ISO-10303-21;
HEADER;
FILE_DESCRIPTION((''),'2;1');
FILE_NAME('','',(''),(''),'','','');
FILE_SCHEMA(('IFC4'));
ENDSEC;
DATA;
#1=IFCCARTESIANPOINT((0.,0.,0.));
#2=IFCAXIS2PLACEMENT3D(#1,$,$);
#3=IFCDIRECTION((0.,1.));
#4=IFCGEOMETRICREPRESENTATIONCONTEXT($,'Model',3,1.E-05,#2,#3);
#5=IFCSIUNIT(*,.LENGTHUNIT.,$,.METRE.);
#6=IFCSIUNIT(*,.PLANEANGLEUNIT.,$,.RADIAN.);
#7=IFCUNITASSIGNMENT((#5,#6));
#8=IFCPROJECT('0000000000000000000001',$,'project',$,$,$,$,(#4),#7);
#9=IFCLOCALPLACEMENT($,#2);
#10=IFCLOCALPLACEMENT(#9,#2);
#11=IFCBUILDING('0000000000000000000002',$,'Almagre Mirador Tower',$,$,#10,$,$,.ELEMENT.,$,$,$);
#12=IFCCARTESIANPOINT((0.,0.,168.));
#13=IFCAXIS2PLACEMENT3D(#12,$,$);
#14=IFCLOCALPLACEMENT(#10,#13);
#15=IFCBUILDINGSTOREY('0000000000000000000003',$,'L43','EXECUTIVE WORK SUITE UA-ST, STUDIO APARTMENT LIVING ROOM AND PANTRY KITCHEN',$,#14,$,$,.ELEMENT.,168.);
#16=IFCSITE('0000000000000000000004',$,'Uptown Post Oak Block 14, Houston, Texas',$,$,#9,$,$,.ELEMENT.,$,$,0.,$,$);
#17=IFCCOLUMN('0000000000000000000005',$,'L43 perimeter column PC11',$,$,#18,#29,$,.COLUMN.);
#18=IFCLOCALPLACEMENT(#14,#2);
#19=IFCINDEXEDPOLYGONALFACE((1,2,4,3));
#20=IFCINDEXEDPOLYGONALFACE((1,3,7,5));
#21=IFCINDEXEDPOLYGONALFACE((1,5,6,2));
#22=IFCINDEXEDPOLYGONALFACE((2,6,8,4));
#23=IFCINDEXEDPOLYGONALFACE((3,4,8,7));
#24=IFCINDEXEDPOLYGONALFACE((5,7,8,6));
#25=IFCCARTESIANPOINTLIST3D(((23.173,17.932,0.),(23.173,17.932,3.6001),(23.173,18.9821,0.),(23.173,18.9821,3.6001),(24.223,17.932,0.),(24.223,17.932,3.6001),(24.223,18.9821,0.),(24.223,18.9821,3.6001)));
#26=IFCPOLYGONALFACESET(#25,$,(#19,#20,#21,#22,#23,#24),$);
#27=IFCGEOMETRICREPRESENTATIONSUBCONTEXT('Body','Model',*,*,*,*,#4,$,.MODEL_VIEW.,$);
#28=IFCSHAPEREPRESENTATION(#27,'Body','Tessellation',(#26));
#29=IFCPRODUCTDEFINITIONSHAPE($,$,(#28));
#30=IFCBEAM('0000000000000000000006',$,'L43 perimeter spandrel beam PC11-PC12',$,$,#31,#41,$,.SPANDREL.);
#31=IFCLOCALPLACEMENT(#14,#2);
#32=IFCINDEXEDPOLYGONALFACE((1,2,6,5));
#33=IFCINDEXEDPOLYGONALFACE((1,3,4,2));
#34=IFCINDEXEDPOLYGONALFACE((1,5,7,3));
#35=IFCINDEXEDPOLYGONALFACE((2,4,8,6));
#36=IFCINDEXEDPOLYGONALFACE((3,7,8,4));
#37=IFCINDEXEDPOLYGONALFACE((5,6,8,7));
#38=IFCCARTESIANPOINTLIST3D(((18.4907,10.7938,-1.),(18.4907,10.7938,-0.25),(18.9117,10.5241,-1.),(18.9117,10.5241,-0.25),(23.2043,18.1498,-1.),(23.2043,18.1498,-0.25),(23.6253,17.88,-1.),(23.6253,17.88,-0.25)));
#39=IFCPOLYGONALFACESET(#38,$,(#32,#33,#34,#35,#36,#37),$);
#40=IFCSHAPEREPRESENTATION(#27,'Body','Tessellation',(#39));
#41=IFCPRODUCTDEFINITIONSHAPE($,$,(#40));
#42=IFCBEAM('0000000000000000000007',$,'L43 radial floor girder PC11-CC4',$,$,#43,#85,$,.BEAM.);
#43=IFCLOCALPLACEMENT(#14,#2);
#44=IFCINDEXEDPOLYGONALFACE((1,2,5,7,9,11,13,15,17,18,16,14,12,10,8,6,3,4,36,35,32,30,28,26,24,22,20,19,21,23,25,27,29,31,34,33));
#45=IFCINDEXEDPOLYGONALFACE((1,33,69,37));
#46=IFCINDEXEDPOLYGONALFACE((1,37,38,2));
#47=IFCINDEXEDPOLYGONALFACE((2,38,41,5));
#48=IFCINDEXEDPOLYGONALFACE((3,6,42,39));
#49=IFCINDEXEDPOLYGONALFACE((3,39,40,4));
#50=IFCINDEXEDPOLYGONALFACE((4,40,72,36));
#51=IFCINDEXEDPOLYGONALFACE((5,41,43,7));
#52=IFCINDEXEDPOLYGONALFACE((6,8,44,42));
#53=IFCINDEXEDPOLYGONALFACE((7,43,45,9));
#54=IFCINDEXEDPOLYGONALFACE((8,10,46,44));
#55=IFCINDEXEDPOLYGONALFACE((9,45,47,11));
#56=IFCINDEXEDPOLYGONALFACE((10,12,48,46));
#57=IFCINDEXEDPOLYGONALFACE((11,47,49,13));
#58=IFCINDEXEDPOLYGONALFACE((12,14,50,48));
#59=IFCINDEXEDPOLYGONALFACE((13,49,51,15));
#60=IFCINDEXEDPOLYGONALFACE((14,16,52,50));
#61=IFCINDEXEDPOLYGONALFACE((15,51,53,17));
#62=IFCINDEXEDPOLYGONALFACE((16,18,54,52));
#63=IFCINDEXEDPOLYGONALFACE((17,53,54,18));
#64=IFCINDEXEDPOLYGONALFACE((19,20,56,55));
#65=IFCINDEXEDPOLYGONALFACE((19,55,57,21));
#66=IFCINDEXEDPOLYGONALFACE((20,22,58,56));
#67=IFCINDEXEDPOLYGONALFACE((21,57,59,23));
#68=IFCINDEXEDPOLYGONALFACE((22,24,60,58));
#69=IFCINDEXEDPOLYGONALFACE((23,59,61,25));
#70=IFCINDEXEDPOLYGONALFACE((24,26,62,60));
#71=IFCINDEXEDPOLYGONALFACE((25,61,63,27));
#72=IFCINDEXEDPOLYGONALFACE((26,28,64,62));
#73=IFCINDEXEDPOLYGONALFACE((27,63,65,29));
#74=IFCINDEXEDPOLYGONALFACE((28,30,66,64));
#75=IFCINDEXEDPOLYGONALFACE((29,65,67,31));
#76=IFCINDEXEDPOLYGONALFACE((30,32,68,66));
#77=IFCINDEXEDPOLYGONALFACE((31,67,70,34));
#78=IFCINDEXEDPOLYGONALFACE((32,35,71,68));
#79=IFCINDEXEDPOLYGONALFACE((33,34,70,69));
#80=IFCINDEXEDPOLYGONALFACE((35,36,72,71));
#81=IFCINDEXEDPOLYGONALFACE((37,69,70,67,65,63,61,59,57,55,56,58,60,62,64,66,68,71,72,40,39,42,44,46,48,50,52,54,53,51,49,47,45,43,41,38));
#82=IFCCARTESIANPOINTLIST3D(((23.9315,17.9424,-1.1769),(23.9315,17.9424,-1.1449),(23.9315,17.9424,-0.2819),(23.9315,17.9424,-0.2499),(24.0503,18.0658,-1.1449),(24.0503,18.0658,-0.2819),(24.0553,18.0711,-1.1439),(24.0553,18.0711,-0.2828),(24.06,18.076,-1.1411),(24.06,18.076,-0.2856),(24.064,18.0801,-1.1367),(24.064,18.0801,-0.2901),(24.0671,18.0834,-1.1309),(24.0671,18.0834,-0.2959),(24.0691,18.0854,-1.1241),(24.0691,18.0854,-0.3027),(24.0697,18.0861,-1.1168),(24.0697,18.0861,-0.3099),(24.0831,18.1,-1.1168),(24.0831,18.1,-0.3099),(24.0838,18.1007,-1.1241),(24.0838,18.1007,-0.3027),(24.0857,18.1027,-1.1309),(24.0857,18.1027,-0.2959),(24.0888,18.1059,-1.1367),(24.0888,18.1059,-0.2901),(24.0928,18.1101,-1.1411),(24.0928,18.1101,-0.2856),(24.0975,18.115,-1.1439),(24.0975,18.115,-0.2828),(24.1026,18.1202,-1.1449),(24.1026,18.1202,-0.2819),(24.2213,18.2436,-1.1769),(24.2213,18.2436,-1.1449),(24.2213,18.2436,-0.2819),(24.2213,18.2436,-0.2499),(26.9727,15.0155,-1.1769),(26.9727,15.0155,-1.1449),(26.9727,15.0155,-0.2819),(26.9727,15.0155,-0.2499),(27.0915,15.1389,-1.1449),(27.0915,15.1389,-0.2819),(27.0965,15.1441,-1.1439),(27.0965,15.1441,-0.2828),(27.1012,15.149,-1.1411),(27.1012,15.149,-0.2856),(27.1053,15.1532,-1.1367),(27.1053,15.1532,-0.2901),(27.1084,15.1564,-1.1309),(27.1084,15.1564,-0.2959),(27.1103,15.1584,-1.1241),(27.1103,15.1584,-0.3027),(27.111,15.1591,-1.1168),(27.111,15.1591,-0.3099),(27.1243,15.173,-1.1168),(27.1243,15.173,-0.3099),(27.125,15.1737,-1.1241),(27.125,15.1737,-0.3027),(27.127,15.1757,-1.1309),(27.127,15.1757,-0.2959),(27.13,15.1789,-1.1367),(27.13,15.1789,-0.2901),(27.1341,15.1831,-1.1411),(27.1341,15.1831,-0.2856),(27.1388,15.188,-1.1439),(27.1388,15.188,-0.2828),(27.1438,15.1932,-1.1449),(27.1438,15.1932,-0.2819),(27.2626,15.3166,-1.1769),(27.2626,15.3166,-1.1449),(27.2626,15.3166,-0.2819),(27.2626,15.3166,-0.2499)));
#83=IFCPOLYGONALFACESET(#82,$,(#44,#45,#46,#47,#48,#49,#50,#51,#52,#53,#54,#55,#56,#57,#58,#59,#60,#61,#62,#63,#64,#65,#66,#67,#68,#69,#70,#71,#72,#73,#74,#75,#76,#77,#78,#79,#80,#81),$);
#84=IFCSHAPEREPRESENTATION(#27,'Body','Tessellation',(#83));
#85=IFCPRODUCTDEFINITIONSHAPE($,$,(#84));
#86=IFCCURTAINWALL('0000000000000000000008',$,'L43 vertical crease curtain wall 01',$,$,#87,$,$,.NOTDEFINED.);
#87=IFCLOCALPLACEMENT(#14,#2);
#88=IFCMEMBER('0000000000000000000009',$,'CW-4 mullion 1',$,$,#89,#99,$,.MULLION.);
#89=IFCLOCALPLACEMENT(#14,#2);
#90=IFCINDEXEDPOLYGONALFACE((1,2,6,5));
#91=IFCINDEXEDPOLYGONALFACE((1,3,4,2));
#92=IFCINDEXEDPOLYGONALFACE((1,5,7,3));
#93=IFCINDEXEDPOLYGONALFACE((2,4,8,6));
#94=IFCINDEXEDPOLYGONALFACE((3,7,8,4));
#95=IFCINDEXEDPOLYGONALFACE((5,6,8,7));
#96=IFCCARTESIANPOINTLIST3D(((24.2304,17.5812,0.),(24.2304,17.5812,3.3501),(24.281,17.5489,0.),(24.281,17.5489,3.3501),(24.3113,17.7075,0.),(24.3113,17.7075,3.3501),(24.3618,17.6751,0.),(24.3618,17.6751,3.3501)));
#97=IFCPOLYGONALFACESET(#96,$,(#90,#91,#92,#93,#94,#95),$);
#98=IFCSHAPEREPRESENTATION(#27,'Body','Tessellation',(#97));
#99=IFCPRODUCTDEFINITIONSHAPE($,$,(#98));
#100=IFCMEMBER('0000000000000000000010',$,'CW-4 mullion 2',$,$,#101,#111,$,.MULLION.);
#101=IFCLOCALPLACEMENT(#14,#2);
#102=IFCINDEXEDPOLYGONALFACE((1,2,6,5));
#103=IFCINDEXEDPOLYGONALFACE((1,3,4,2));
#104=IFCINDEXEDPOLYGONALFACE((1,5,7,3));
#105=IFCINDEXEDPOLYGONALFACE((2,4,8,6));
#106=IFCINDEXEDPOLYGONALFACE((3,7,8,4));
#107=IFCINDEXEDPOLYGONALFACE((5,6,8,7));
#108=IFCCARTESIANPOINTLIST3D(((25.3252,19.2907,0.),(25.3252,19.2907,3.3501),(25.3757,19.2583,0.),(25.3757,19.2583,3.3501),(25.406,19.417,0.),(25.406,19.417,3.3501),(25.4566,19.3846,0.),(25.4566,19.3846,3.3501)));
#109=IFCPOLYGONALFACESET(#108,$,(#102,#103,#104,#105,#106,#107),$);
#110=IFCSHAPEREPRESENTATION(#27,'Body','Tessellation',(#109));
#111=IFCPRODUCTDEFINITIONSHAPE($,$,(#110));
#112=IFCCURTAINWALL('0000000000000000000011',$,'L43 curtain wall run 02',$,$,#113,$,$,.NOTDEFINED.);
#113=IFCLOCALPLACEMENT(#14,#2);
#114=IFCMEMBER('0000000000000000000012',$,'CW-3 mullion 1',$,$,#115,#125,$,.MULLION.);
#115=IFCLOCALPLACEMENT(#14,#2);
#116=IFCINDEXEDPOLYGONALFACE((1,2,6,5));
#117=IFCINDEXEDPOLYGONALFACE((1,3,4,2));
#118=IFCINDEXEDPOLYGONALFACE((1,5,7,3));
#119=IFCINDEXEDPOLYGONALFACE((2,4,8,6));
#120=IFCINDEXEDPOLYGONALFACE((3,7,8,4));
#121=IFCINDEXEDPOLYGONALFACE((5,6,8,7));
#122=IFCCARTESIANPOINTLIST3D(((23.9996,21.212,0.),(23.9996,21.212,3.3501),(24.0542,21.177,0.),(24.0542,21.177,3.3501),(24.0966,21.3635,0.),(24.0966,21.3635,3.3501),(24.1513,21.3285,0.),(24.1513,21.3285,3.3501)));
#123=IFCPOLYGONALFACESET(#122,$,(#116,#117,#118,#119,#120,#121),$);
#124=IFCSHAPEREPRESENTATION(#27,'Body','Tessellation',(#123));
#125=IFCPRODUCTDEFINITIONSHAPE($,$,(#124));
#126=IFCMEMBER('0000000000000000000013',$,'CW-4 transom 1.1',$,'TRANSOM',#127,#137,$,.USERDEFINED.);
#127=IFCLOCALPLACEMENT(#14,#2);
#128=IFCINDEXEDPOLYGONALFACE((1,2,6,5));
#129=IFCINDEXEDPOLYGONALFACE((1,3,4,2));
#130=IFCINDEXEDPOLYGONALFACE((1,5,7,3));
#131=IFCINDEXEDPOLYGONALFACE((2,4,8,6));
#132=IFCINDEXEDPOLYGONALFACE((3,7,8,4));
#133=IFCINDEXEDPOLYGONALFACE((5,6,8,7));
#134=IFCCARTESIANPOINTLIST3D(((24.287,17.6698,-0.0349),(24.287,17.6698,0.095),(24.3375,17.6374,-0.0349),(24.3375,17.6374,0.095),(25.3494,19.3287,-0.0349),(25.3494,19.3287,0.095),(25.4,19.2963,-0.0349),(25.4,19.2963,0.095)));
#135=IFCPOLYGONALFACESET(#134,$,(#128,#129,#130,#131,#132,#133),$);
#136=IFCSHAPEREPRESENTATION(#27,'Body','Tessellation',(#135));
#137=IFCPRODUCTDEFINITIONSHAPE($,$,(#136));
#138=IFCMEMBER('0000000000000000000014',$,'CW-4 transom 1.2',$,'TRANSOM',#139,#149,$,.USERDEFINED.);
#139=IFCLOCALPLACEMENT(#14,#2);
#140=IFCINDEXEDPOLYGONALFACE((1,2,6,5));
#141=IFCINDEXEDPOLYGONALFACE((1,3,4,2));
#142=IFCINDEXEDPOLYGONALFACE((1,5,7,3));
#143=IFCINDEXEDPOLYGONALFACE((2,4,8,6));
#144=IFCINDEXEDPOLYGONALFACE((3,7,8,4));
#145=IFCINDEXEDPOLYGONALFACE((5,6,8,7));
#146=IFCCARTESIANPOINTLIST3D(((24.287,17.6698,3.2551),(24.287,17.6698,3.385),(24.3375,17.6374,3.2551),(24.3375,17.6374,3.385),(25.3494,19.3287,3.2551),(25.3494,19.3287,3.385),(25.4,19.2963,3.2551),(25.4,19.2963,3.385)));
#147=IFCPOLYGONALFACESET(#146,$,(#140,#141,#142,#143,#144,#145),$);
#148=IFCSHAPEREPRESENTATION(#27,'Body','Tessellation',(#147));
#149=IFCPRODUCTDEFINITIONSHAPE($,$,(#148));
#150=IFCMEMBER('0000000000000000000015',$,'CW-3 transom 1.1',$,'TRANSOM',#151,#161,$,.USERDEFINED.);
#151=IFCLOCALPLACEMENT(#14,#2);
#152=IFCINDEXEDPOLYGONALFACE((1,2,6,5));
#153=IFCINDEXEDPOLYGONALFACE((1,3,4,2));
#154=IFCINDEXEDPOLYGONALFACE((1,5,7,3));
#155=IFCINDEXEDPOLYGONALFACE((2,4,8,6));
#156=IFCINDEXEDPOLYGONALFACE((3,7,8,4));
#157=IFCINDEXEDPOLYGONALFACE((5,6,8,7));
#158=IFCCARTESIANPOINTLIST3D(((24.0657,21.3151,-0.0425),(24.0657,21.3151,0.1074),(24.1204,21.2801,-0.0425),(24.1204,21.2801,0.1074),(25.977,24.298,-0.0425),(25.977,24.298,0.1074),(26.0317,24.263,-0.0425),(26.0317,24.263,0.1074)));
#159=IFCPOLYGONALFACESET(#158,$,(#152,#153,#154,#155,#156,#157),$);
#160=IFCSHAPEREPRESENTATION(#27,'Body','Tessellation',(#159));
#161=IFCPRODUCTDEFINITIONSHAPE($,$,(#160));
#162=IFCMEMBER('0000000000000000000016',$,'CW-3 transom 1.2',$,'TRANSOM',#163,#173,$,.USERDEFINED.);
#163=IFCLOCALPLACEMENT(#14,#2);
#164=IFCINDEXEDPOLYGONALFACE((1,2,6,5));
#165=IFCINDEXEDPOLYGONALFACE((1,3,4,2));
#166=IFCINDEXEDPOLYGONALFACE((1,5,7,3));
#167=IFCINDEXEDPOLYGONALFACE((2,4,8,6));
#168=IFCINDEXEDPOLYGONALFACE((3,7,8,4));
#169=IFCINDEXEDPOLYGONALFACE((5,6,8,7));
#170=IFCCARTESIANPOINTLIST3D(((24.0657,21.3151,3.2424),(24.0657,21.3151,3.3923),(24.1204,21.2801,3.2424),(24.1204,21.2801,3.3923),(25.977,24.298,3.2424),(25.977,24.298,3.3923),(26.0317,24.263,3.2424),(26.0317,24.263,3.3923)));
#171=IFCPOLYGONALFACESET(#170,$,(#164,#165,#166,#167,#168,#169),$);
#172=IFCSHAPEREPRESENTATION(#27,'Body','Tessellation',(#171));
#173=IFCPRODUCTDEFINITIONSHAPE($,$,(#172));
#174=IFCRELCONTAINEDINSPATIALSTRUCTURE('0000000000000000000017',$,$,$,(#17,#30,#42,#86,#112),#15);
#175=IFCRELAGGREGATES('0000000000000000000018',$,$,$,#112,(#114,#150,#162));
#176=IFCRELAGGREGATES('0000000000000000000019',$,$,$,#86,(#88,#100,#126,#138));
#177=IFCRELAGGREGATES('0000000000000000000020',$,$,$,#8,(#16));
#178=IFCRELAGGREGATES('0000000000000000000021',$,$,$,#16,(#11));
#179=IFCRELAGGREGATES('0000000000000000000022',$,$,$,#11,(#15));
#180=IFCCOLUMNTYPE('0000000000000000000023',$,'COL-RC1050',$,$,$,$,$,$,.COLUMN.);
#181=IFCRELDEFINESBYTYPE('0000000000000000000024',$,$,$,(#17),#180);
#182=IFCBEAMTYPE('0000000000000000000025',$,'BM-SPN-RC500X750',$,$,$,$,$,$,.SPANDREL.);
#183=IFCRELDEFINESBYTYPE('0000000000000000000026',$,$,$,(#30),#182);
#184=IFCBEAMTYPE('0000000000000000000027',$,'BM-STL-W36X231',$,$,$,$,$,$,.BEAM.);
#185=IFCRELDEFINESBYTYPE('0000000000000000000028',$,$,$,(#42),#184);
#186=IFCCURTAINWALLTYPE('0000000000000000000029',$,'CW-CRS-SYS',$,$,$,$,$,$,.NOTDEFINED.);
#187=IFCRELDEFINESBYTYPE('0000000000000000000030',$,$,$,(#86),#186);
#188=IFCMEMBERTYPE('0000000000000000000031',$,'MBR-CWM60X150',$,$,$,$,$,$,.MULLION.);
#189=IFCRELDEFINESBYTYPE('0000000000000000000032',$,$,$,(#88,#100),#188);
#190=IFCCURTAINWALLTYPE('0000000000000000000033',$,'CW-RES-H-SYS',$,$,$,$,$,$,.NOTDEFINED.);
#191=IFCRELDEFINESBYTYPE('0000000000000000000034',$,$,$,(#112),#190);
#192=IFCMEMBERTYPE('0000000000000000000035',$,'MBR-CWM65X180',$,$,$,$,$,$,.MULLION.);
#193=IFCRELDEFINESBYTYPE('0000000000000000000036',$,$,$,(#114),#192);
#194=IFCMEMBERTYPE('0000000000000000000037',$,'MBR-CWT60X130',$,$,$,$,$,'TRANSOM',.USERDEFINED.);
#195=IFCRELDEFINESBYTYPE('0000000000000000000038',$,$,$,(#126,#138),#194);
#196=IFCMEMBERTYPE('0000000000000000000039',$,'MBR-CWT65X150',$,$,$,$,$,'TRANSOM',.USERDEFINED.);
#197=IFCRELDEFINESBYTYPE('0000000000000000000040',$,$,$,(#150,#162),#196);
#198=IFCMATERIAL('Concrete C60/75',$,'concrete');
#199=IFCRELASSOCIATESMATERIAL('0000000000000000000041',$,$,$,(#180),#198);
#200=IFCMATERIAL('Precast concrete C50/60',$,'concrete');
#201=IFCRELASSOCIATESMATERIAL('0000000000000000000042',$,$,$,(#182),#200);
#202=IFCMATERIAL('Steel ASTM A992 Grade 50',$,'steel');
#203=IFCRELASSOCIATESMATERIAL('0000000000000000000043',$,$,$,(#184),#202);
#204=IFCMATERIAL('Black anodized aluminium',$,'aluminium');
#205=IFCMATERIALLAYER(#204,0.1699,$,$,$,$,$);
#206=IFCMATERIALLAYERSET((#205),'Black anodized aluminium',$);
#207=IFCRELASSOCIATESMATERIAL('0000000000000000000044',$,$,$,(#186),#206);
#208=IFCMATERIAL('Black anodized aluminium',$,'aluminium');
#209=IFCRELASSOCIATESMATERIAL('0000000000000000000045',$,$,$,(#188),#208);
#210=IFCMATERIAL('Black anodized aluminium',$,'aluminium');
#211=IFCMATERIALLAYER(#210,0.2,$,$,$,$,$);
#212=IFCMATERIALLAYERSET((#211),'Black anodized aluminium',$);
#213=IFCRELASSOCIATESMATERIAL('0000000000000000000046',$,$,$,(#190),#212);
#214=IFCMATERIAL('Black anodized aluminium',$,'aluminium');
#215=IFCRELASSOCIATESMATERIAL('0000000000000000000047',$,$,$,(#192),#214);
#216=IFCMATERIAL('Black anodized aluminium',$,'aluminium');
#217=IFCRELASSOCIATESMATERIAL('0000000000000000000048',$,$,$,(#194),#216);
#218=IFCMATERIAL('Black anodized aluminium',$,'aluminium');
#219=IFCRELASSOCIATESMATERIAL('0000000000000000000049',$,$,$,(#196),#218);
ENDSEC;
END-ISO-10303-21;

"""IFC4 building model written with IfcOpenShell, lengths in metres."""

from ifc_helpers import new_model, si_unit, direction, frame, origin, origin_2d, place, context, subcontext, project, spatial, rectangle, i_section, extrude, material, layer, layer_set, material_profile, profile_set, type_object, element, aggregate, save


model = new_model("IFC4")

# Units and contexts
model_context = context("Model", 3, precision=1e-05, world=origin(), true_north=direction((0.0, 1.0)))
body_context = subcontext(model_context, "Body", "Model", "MODEL_VIEW")
ifc_project = project(units=[si_unit("LENGTHUNIT", "METRE"), si_unit("PLANEANGLEUNIT", "RADIAN")], contexts=[model_context])

# Site, building, storey
site_placement = place(None, origin())
site = spatial("IfcSite", under=ifc_project, at=site_placement, Name="Uptown Post Oak Block 14, Houston, Texas", CompositionType="ELEMENT", RefElevation=0.0)
building_placement = place(site_placement, origin())
building = spatial("IfcBuilding", under=site, at=building_placement, Name="Almagre Mirador Tower", CompositionType="ELEMENT")
storey_placement = place(building_placement, frame((0.0, 0.0, 168.0)))
storey = spatial("IfcBuildingStorey", under=building, at=storey_placement, Name="L43", Description="EXECUTIVE WORK SUITE UA-ST, STUDIO APARTMENT LIVING ROOM AND PANTRY KITCHEN", CompositionType="ELEMENT", Elevation=168.0)

# Column
ifc_material_1 = material(Name="Concrete C60/75", Category="concrete")
ifc_material_profile_1 = material_profile(ifc_material_1, rectangle(XDim=1.05, YDim=1.05, at=origin_2d()), Name="RC1050X1050")
ifc_profile_set_1 = profile_set([ifc_material_profile_1], Name="Concrete C60/75")
column_type = type_object("IfcColumnType", Name="COL-RC1050", PredefinedType="COLUMN", material=ifc_profile_set_1)
column_placement = place(storey_placement, frame((23.698, 18.457, 0.0), z_axis=(0.0, 0.0, 1.0), x_axis=(1.0, 0.0, 0.0)))
element("IfcColumn", 1, at=column_placement, inside=storey, type_object=column_type, Name="L43 perimeter column PC11", PredefinedType="COLUMN", context=body_context, shape_type="SweptSolid", body=[
    extrude(rectangle(XDim=1.05, YDim=1.05, at=origin_2d()), origin(), (0.0, 0.0, 1.0), 3.6001),
])

# Beams
ifc_material_2 = material(Name="Precast concrete C50/60", Category="concrete")
ifc_material_profile_2 = material_profile(ifc_material_2, rectangle(XDim=0.5, YDim=0.75, at=origin_2d()), Name="RC500X750")
ifc_profile_set_2 = profile_set([ifc_material_profile_2], Name="Precast concrete C50/60")
beam_type_1 = type_object("IfcBeamType", Name="BM-SPN-RC500X750", PredefinedType="SPANDREL", material=ifc_profile_set_2)
beam_1_placement = place(storey_placement, frame((23.4148, 18.0149, -0.625), z_axis=(-0.539525, -0.841969, 0.0), x_axis=(0.841969, -0.539525, 0.0)))
element("IfcBeam", 2, at=beam_1_placement, inside=storey, type_object=beam_type_1, Name="L43 perimeter spandrel beam PC11-PC12", PredefinedType="SPANDREL", context=body_context, shape_type="SweptSolid", body=[
    extrude(rectangle(XDim=0.5, YDim=0.75, at=origin_2d()), origin(), (0.0, 0.0, 1.0), 8.7366),
])
ifc_material_3 = material(Name="Steel ASTM A992 Grade 50", Category="steel")
ifc_material_profile_3 = material_profile(ifc_material_3, i_section(OverallWidth=0.418, OverallDepth=0.927, WebThickness=0.0193, FlangeThickness=0.032, FilletRadius=0.0281, at=origin_2d()), Name="W36X231")
ifc_profile_set_3 = profile_set([ifc_material_profile_3], Name="Steel ASTM A992 Grade 50")
beam_type_2 = type_object("IfcBeamType", Name="BM-STL-W36X231", PredefinedType="BEAM", material=ifc_profile_set_3)
beam_2_placement = place(storey_placement, frame((24.0764, 18.093, -0.7134), z_axis=(0.720512, -0.693443, 0.0), x_axis=(0.693443, 0.720512, 0.0)))
element("IfcBeam", 3, at=beam_2_placement, inside=storey, type_object=beam_type_2, Name="L43 radial floor girder PC11-CC4", PredefinedType="BEAM", context=body_context, shape_type="SweptSolid", body=[
    extrude(i_section(OverallWidth=0.418, OverallDepth=0.927, WebThickness=0.0193, FlangeThickness=0.032, FilletRadius=0.0281, at=origin_2d()), origin(), (0.0, 0.0, 1.0), 4.2209),
])

# Curtain wall, members
ifc_material_4 = material(Name="Black anodized aluminium", Category="aluminium")
ifc_layer_1 = layer(ifc_material_4, 0.1699)
ifc_layer_set_1 = layer_set([ifc_layer_1], Name="Black anodized aluminium")
curtain_wall_type_1 = type_object("IfcCurtainWallType", Name="CW-CRS-SYS", PredefinedType="NOTDEFINED", material=ifc_layer_set_1)
curtain_wall_1_placement = place(storey_placement, origin())
curtain_wall_1 = element("IfcCurtainWall", 4, at=curtain_wall_1_placement, inside=storey, type_object=curtain_wall_type_1, Name="L43 vertical crease curtain wall 01", PredefinedType="NOTDEFINED")
ifc_material_5 = material(Name="Black anodized aluminium", Category="aluminium")
ifc_material_profile_4 = material_profile(ifc_material_5, rectangle(XDim=0.0601, YDim=0.1499, at=origin_2d()), Name="CWM60X150")
ifc_profile_set_4 = profile_set([ifc_material_profile_4], Name="Black anodized aluminium")
member_type_1 = type_object("IfcMemberType", Name="MBR-CWM60X150", PredefinedType="MULLION", material=ifc_profile_set_4)
member_1_placement = place(storey_placement, frame((24.2961, 17.6282, 0.0), z_axis=(0.0, 0.0, 1.0), x_axis=(-0.842141, 0.539257, 0.0)))
member_1 = element("IfcMember", 5, at=member_1_placement, type_object=member_type_1, Name="CW-4 mullion 1", PredefinedType="MULLION", context=body_context, shape_type="SweptSolid", body=[
    extrude(rectangle(XDim=0.0601, YDim=0.1499, at=origin_2d()), origin(), (0.0, 0.0, 1.0), 3.3501),
])
member_2_placement = place(storey_placement, frame((25.3909, 19.3376, 0.0), z_axis=(0.0, 0.0, 1.0), x_axis=(-0.842141, 0.539257, 0.0)))
member_2 = element("IfcMember", 6, at=member_2_placement, type_object=member_type_1, Name="CW-4 mullion 2", PredefinedType="MULLION", context=body_context, shape_type="SweptSolid", body=[
    extrude(rectangle(XDim=0.0601, YDim=0.1499, at=origin_2d()), origin(), (0.0, 0.0, 1.0), 3.3501),
])

# Curtain wall, member
ifc_material_6 = material(Name="Black anodized aluminium", Category="aluminium")
ifc_layer_2 = layer(ifc_material_6, 0.2)
ifc_layer_set_2 = layer_set([ifc_layer_2], Name="Black anodized aluminium")
curtain_wall_type_2 = type_object("IfcCurtainWallType", Name="CW-RES-H-SYS", PredefinedType="NOTDEFINED", material=ifc_layer_set_2)
curtain_wall_2_placement = place(storey_placement, origin())
curtain_wall_2 = element("IfcCurtainWall", 7, at=curtain_wall_2_placement, inside=storey, type_object=curtain_wall_type_2, Name="L43 curtain wall run 02", PredefinedType="NOTDEFINED")
ifc_material_7 = material(Name="Black anodized aluminium", Category="aluminium")
ifc_material_profile_5 = material_profile(ifc_material_7, rectangle(XDim=0.0649, YDim=0.1799, at=origin_2d()), Name="CWM65X180")
ifc_profile_set_5 = profile_set([ifc_material_profile_5], Name="Black anodized aluminium")
member_type_2 = type_object("IfcMemberType", Name="MBR-CWM65X180", PredefinedType="MULLION", material=ifc_profile_set_5)
member_3_placement = place(storey_placement, frame((24.0754, 21.2703, 0.0), z_axis=(0.0, 0.0, 1.0), x_axis=(-0.84196, 0.53954, 0.0)))
member_3 = element("IfcMember", 8, at=member_3_placement, type_object=member_type_2, Name="CW-3 mullion 1", PredefinedType="MULLION", context=body_context, shape_type="SweptSolid", body=[
    extrude(rectangle(XDim=0.0649, YDim=0.1799, at=origin_2d()), origin(), (0.0, 0.0, 1.0), 3.3501),
])

# Members
ifc_material_8 = material(Name="Black anodized aluminium", Category="aluminium")
ifc_material_profile_6 = material_profile(ifc_material_8, rectangle(XDim=0.0601, YDim=0.1299, at=origin_2d()), Name="CWT60X130")
ifc_profile_set_6 = profile_set([ifc_material_profile_6], Name="Black anodized aluminium")
member_type_3 = type_object("IfcMemberType", Name="MBR-CWT60X130", ElementType="TRANSOM", PredefinedType="USERDEFINED", material=ifc_profile_set_6)
member_4_placement = place(storey_placement, frame((24.3123, 17.6536, 0.03), z_axis=(0.539335, 0.842091, 0.0), x_axis=(-0.842091, 0.539335, 0.0)))
member_4 = element("IfcMember", 9, at=member_4_placement, type_object=member_type_3, Name="CW-4 transom 1.1", ObjectType="TRANSOM", PredefinedType="USERDEFINED", context=body_context, shape_type="SweptSolid", body=[
    extrude(rectangle(XDim=0.0601, YDim=0.1299, at=origin_2d()), origin(), (0.0, 0.0, 1.0), 1.97),
])
member_5_placement = place(storey_placement, frame((24.3123, 17.6536, 3.3201), z_axis=(0.539335, 0.842091, 0.0), x_axis=(-0.842091, 0.539335, 0.0)))
member_5 = element("IfcMember", 10, at=member_5_placement, type_object=member_type_3, Name="CW-4 transom 1.2", ObjectType="TRANSOM", PredefinedType="USERDEFINED", context=body_context, shape_type="SweptSolid", body=[
    extrude(rectangle(XDim=0.0601, YDim=0.1299, at=origin_2d()), origin(), (0.0, 0.0, 1.0), 1.97),
])
ifc_material_9 = material(Name="Black anodized aluminium", Category="aluminium")
ifc_material_profile_7 = material_profile(ifc_material_9, rectangle(XDim=0.0649, YDim=0.1499, at=origin_2d()), Name="CWT65X150")
ifc_profile_set_7 = profile_set([ifc_material_profile_7], Name="Black anodized aluminium")
member_type_4 = type_object("IfcMemberType", Name="MBR-CWT65X150", ElementType="TRANSOM", PredefinedType="USERDEFINED", material=ifc_profile_set_7)
member_6_placement = place(storey_placement, frame((24.093, 21.2976, 0.0325), z_axis=(0.539517, 0.841975, 0.0), x_axis=(-0.841975, 0.539517, 0.0)))
member_6 = element("IfcMember", 11, at=member_6_placement, type_object=member_type_4, Name="CW-3 transom 1.1", ObjectType="TRANSOM", PredefinedType="USERDEFINED", context=body_context, shape_type="SweptSolid", body=[
    extrude(rectangle(XDim=0.0649, YDim=0.1499, at=origin_2d()), origin(), (0.0, 0.0, 1.0), 3.5427),
])
member_7_placement = place(storey_placement, frame((24.093, 21.2976, 3.3174), z_axis=(0.539517, 0.841975, 0.0), x_axis=(-0.841975, 0.539517, 0.0)))
member_7 = element("IfcMember", 12, at=member_7_placement, type_object=member_type_4, Name="CW-3 transom 1.2", ObjectType="TRANSOM", PredefinedType="USERDEFINED", context=body_context, shape_type="SweptSolid", body=[
    extrude(rectangle(XDim=0.0649, YDim=0.1499, at=origin_2d()), origin(), (0.0, 0.0, 1.0), 3.5427),
])
aggregate(curtain_wall_2, [member_3, member_6, member_7])

aggregate(curtain_wall_1, [member_1, member_2, member_4, member_5])

save(model, "model.ifc")
